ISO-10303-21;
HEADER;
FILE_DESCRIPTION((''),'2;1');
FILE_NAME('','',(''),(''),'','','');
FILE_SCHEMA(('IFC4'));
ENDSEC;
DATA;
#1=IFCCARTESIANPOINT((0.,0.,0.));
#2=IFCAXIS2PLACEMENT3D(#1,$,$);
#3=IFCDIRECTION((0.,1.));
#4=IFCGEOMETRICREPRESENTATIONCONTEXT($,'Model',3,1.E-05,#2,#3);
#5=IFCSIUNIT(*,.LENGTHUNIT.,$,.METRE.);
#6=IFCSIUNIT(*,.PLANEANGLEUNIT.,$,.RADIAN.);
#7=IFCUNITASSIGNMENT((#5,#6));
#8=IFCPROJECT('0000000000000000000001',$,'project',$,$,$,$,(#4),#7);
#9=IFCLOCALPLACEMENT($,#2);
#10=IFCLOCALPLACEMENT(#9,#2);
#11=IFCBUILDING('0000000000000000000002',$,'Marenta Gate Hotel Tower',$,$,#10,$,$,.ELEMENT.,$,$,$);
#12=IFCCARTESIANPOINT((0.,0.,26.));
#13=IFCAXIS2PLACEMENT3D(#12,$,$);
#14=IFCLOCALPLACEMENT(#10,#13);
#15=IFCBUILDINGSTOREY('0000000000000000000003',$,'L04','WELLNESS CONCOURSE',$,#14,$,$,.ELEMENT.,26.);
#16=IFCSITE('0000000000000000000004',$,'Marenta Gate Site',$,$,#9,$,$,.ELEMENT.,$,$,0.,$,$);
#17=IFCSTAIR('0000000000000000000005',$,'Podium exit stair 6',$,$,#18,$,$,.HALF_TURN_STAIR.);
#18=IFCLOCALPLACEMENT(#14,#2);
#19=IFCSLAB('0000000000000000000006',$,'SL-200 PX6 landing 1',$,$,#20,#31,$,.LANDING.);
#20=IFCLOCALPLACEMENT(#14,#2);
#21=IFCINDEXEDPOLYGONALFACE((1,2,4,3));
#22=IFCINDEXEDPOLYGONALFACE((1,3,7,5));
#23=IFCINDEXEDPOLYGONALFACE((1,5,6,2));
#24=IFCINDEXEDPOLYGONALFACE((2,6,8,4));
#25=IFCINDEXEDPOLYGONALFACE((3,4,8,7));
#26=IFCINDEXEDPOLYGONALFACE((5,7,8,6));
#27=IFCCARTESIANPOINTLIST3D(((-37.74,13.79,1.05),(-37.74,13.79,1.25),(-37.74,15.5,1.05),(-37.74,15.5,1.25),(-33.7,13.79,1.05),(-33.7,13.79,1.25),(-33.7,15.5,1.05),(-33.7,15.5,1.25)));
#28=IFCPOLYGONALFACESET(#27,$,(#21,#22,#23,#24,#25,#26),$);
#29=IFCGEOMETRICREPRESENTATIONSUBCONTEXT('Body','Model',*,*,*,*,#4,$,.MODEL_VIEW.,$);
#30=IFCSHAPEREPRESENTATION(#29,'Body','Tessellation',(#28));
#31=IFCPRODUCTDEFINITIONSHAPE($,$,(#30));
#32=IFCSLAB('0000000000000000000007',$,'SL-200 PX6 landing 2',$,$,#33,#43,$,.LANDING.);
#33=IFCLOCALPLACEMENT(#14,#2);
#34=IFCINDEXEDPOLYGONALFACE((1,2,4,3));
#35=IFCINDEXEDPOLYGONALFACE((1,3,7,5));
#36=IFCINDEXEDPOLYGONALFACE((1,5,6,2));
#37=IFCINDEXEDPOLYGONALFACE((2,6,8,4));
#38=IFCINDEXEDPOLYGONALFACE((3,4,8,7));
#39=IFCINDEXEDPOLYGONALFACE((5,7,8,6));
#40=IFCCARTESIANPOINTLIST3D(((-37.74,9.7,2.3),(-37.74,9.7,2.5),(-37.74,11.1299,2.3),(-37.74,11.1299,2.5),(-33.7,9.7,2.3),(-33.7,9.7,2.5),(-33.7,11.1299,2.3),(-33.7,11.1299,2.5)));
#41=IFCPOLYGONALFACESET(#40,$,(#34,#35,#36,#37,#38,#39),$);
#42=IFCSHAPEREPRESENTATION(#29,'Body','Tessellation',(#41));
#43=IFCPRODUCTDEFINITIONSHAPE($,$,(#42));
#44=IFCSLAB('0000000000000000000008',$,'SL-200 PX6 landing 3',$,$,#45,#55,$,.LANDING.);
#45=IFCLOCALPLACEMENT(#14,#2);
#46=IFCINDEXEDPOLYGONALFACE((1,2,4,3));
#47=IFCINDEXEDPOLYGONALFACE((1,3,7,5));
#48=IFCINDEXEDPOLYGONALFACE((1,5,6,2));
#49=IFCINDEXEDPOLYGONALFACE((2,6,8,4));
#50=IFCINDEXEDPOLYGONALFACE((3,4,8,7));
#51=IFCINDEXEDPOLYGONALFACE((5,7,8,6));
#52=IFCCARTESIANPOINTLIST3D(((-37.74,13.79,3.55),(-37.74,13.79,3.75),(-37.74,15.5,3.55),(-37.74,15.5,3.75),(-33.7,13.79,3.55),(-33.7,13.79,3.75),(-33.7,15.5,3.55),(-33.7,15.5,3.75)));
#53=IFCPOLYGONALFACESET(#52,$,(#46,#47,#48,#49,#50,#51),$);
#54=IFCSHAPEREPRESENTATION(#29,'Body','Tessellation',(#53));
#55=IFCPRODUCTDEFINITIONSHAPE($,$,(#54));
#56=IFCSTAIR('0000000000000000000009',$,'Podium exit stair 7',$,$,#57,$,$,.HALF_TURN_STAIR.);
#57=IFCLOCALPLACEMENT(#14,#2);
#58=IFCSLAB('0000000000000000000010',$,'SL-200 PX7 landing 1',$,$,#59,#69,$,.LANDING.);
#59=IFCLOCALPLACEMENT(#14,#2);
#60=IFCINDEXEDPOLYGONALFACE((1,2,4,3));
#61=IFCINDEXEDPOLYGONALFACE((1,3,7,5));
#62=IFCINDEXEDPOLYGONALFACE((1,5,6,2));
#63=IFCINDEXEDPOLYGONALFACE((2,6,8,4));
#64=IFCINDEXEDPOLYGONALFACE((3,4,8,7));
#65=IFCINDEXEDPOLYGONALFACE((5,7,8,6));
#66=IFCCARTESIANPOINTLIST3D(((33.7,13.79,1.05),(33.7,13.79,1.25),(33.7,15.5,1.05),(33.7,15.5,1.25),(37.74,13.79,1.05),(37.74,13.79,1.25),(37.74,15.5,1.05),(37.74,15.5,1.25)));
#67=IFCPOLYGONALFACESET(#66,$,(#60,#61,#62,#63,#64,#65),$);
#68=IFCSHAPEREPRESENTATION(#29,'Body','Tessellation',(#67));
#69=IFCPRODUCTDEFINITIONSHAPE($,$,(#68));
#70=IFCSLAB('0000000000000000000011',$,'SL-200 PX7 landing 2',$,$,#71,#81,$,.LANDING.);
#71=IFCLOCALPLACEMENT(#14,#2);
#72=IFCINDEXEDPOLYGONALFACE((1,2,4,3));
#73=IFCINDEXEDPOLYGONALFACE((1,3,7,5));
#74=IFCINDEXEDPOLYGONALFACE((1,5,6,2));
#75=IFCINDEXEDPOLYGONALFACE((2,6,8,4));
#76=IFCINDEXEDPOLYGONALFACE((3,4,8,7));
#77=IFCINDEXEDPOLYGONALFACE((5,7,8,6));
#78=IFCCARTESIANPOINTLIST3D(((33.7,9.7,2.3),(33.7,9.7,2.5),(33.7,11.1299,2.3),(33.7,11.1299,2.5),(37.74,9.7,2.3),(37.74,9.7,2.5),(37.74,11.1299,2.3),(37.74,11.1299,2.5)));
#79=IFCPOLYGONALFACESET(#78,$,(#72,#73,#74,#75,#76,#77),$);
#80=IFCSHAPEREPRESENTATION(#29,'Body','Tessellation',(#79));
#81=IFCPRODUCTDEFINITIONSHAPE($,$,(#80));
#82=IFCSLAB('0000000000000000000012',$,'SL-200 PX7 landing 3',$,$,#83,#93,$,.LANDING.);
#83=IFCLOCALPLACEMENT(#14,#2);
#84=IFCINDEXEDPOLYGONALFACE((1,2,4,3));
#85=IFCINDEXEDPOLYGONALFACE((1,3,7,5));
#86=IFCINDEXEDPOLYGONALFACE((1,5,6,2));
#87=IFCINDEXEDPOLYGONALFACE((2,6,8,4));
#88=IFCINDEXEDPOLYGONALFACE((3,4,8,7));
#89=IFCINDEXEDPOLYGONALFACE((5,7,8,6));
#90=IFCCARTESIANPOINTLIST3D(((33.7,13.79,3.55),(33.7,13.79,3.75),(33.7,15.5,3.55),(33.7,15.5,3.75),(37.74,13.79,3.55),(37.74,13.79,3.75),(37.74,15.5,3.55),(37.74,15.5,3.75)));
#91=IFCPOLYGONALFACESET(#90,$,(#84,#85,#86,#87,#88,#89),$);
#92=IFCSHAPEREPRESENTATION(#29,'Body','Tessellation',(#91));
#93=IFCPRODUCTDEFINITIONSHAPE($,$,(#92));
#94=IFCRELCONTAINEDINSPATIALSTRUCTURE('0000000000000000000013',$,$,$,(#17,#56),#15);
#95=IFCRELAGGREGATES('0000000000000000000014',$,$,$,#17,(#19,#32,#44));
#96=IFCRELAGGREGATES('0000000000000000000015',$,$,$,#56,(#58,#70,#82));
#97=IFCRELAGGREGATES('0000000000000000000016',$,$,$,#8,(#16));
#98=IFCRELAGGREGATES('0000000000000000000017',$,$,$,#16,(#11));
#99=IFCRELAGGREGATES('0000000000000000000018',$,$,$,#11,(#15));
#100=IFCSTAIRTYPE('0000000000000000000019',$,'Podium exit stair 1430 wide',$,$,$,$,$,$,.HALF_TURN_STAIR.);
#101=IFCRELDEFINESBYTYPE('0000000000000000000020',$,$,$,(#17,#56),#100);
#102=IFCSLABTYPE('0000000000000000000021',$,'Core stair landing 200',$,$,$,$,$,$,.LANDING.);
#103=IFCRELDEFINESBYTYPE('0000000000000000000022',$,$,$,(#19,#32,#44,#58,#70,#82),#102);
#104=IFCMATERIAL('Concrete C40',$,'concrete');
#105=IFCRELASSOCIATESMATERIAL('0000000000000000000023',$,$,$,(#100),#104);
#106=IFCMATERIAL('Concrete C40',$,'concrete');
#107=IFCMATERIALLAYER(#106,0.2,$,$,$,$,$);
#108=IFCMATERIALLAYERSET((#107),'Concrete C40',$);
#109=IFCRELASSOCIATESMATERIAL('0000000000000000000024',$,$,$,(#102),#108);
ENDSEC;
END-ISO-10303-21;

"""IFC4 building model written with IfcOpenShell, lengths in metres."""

from ifc_helpers import new_model, si_unit, direction, frame, origin, place, context, subcontext, project, spatial, polyline, outline, extrude, material, layer, layer_set, type_object, element, aggregate, save


model = new_model("IFC4")

# Units and contexts
model_context = context("Model", 3, precision=1e-05, world=origin(), true_north=direction((0.0, 1.0)))
body_context = subcontext(model_context, "Body", "Model", "MODEL_VIEW")
ifc_project = project(units=[si_unit("LENGTHUNIT", "METRE"), si_unit("PLANEANGLEUNIT", "RADIAN")], contexts=[model_context])

# Site, building, storey
site_placement = place(None, origin())
site = spatial("IfcSite", under=ifc_project, at=site_placement, Name="Marenta Gate Site", CompositionType="ELEMENT", RefElevation=0.0)
building_placement = place(site_placement, origin())
building = spatial("IfcBuilding", under=site, at=building_placement, Name="Marenta Gate Hotel Tower", CompositionType="ELEMENT")
storey_placement = place(building_placement, frame((0.0, 0.0, 26.0)))
storey = spatial("IfcBuildingStorey", under=building, at=storey_placement, Name="L04", Description="WELLNESS CONCOURSE", CompositionType="ELEMENT", Elevation=26.0)

# Stairs, slabs
ifc_material_1 = material(Name="Concrete C40", Category="concrete")
stair_type = type_object("IfcStairType", Name="Podium exit stair 1430 wide", PredefinedType="HALF_TURN_STAIR", material=ifc_material_1)
ifc_material_2 = material(Name="Concrete C40", Category="concrete")
ifc_layer = layer(ifc_material_2, 0.2)
ifc_layer_set = layer_set([ifc_layer], Name="Concrete C40")
slab_type = type_object("IfcSlabType", Name="Core stair landing 200", PredefinedType="LANDING", material=ifc_layer_set)
stair_1_placement = place(storey_placement, origin())
stair_1 = element("IfcStair", 1, at=stair_1_placement, inside=storey, type_object=stair_type, Name="Podium exit stair 6", PredefinedType="HALF_TURN_STAIR")
slab_1_placement = place(storey_placement, frame((0.0, 0.0, 1.05)))
slab_1 = element("IfcSlab", 2, at=slab_1_placement, type_object=slab_type, Name="SL-200 PX6 landing 1", PredefinedType="LANDING", context=body_context, shape_type="SweptSolid", body=[
    extrude(outline(polyline([(-37.74, 13.79), (-33.7, 13.79), (-33.7, 15.5), (-37.74, 15.5), (-37.74, 13.79)])), origin(), (0.0, 0.0, 1.0), 0.2),
])
slab_2_placement = place(storey_placement, frame((0.0, 0.0, 2.3)))
slab_2 = element("IfcSlab", 3, at=slab_2_placement, type_object=slab_type, Name="SL-200 PX6 landing 2", PredefinedType="LANDING", context=body_context, shape_type="SweptSolid", body=[
    extrude(outline(polyline([(-37.74, 9.7), (-33.7, 9.7), (-33.7, 11.1299), (-37.74, 11.1299), (-37.74, 9.7)])), origin(), (0.0, 0.0, 1.0), 0.2),
])
slab_3_placement = place(storey_placement, frame((0.0, 0.0, 3.55)))
slab_3 = element("IfcSlab", 4, at=slab_3_placement, type_object=slab_type, Name="SL-200 PX6 landing 3", PredefinedType="LANDING", context=body_context, shape_type="SweptSolid", body=[
    extrude(outline(polyline([(-37.74, 13.79), (-33.7, 13.79), (-33.7, 15.5), (-37.74, 15.5), (-37.74, 13.79)])), origin(), (0.0, 0.0, 1.0), 0.2),
])
aggregate(stair_1, [slab_1, slab_2, slab_3])
stair_2_placement = place(storey_placement, origin())
stair_2 = element("IfcStair", 5, at=stair_2_placement, inside=storey, type_object=stair_type, Name="Podium exit stair 7", PredefinedType="HALF_TURN_STAIR")
slab_4_placement = place(storey_placement, frame((0.0, 0.0, 1.05)))
slab_4 = element("IfcSlab", 6, at=slab_4_placement, type_object=slab_type, Name="SL-200 PX7 landing 1", PredefinedType="LANDING", context=body_context, shape_type="SweptSolid", body=[
    extrude(outline(polyline([(33.7, 13.79), (37.74, 13.79), (37.74, 15.5), (33.7, 15.5), (33.7, 13.79)])), origin(), (0.0, 0.0, 1.0), 0.2),
])
slab_5_placement = place(storey_placement, frame((0.0, 0.0, 2.3)))
slab_5 = element("IfcSlab", 7, at=slab_5_placement, type_object=slab_type, Name="SL-200 PX7 landing 2", PredefinedType="LANDING", context=body_context, shape_type="SweptSolid", body=[
    extrude(outline(polyline([(33.7, 9.7), (37.74, 9.7), (37.74, 11.1299), (33.7, 11.1299), (33.7, 9.7)])), origin(), (0.0, 0.0, 1.0), 0.2),
])
slab_6_placement = place(storey_placement, frame((0.0, 0.0, 3.55)))
slab_6 = element("IfcSlab", 8, at=slab_6_placement, type_object=slab_type, Name="SL-200 PX7 landing 3", PredefinedType="LANDING", context=body_context, shape_type="SweptSolid", body=[
    extrude(outline(polyline([(33.7, 13.79), (37.74, 13.79), (37.74, 15.5), (33.7, 15.5), (33.7, 13.79)])), origin(), (0.0, 0.0, 1.0), 0.2),
])
aggregate(stair_2, [slab_4, slab_5, slab_6])

save(model, "model.ifc")
